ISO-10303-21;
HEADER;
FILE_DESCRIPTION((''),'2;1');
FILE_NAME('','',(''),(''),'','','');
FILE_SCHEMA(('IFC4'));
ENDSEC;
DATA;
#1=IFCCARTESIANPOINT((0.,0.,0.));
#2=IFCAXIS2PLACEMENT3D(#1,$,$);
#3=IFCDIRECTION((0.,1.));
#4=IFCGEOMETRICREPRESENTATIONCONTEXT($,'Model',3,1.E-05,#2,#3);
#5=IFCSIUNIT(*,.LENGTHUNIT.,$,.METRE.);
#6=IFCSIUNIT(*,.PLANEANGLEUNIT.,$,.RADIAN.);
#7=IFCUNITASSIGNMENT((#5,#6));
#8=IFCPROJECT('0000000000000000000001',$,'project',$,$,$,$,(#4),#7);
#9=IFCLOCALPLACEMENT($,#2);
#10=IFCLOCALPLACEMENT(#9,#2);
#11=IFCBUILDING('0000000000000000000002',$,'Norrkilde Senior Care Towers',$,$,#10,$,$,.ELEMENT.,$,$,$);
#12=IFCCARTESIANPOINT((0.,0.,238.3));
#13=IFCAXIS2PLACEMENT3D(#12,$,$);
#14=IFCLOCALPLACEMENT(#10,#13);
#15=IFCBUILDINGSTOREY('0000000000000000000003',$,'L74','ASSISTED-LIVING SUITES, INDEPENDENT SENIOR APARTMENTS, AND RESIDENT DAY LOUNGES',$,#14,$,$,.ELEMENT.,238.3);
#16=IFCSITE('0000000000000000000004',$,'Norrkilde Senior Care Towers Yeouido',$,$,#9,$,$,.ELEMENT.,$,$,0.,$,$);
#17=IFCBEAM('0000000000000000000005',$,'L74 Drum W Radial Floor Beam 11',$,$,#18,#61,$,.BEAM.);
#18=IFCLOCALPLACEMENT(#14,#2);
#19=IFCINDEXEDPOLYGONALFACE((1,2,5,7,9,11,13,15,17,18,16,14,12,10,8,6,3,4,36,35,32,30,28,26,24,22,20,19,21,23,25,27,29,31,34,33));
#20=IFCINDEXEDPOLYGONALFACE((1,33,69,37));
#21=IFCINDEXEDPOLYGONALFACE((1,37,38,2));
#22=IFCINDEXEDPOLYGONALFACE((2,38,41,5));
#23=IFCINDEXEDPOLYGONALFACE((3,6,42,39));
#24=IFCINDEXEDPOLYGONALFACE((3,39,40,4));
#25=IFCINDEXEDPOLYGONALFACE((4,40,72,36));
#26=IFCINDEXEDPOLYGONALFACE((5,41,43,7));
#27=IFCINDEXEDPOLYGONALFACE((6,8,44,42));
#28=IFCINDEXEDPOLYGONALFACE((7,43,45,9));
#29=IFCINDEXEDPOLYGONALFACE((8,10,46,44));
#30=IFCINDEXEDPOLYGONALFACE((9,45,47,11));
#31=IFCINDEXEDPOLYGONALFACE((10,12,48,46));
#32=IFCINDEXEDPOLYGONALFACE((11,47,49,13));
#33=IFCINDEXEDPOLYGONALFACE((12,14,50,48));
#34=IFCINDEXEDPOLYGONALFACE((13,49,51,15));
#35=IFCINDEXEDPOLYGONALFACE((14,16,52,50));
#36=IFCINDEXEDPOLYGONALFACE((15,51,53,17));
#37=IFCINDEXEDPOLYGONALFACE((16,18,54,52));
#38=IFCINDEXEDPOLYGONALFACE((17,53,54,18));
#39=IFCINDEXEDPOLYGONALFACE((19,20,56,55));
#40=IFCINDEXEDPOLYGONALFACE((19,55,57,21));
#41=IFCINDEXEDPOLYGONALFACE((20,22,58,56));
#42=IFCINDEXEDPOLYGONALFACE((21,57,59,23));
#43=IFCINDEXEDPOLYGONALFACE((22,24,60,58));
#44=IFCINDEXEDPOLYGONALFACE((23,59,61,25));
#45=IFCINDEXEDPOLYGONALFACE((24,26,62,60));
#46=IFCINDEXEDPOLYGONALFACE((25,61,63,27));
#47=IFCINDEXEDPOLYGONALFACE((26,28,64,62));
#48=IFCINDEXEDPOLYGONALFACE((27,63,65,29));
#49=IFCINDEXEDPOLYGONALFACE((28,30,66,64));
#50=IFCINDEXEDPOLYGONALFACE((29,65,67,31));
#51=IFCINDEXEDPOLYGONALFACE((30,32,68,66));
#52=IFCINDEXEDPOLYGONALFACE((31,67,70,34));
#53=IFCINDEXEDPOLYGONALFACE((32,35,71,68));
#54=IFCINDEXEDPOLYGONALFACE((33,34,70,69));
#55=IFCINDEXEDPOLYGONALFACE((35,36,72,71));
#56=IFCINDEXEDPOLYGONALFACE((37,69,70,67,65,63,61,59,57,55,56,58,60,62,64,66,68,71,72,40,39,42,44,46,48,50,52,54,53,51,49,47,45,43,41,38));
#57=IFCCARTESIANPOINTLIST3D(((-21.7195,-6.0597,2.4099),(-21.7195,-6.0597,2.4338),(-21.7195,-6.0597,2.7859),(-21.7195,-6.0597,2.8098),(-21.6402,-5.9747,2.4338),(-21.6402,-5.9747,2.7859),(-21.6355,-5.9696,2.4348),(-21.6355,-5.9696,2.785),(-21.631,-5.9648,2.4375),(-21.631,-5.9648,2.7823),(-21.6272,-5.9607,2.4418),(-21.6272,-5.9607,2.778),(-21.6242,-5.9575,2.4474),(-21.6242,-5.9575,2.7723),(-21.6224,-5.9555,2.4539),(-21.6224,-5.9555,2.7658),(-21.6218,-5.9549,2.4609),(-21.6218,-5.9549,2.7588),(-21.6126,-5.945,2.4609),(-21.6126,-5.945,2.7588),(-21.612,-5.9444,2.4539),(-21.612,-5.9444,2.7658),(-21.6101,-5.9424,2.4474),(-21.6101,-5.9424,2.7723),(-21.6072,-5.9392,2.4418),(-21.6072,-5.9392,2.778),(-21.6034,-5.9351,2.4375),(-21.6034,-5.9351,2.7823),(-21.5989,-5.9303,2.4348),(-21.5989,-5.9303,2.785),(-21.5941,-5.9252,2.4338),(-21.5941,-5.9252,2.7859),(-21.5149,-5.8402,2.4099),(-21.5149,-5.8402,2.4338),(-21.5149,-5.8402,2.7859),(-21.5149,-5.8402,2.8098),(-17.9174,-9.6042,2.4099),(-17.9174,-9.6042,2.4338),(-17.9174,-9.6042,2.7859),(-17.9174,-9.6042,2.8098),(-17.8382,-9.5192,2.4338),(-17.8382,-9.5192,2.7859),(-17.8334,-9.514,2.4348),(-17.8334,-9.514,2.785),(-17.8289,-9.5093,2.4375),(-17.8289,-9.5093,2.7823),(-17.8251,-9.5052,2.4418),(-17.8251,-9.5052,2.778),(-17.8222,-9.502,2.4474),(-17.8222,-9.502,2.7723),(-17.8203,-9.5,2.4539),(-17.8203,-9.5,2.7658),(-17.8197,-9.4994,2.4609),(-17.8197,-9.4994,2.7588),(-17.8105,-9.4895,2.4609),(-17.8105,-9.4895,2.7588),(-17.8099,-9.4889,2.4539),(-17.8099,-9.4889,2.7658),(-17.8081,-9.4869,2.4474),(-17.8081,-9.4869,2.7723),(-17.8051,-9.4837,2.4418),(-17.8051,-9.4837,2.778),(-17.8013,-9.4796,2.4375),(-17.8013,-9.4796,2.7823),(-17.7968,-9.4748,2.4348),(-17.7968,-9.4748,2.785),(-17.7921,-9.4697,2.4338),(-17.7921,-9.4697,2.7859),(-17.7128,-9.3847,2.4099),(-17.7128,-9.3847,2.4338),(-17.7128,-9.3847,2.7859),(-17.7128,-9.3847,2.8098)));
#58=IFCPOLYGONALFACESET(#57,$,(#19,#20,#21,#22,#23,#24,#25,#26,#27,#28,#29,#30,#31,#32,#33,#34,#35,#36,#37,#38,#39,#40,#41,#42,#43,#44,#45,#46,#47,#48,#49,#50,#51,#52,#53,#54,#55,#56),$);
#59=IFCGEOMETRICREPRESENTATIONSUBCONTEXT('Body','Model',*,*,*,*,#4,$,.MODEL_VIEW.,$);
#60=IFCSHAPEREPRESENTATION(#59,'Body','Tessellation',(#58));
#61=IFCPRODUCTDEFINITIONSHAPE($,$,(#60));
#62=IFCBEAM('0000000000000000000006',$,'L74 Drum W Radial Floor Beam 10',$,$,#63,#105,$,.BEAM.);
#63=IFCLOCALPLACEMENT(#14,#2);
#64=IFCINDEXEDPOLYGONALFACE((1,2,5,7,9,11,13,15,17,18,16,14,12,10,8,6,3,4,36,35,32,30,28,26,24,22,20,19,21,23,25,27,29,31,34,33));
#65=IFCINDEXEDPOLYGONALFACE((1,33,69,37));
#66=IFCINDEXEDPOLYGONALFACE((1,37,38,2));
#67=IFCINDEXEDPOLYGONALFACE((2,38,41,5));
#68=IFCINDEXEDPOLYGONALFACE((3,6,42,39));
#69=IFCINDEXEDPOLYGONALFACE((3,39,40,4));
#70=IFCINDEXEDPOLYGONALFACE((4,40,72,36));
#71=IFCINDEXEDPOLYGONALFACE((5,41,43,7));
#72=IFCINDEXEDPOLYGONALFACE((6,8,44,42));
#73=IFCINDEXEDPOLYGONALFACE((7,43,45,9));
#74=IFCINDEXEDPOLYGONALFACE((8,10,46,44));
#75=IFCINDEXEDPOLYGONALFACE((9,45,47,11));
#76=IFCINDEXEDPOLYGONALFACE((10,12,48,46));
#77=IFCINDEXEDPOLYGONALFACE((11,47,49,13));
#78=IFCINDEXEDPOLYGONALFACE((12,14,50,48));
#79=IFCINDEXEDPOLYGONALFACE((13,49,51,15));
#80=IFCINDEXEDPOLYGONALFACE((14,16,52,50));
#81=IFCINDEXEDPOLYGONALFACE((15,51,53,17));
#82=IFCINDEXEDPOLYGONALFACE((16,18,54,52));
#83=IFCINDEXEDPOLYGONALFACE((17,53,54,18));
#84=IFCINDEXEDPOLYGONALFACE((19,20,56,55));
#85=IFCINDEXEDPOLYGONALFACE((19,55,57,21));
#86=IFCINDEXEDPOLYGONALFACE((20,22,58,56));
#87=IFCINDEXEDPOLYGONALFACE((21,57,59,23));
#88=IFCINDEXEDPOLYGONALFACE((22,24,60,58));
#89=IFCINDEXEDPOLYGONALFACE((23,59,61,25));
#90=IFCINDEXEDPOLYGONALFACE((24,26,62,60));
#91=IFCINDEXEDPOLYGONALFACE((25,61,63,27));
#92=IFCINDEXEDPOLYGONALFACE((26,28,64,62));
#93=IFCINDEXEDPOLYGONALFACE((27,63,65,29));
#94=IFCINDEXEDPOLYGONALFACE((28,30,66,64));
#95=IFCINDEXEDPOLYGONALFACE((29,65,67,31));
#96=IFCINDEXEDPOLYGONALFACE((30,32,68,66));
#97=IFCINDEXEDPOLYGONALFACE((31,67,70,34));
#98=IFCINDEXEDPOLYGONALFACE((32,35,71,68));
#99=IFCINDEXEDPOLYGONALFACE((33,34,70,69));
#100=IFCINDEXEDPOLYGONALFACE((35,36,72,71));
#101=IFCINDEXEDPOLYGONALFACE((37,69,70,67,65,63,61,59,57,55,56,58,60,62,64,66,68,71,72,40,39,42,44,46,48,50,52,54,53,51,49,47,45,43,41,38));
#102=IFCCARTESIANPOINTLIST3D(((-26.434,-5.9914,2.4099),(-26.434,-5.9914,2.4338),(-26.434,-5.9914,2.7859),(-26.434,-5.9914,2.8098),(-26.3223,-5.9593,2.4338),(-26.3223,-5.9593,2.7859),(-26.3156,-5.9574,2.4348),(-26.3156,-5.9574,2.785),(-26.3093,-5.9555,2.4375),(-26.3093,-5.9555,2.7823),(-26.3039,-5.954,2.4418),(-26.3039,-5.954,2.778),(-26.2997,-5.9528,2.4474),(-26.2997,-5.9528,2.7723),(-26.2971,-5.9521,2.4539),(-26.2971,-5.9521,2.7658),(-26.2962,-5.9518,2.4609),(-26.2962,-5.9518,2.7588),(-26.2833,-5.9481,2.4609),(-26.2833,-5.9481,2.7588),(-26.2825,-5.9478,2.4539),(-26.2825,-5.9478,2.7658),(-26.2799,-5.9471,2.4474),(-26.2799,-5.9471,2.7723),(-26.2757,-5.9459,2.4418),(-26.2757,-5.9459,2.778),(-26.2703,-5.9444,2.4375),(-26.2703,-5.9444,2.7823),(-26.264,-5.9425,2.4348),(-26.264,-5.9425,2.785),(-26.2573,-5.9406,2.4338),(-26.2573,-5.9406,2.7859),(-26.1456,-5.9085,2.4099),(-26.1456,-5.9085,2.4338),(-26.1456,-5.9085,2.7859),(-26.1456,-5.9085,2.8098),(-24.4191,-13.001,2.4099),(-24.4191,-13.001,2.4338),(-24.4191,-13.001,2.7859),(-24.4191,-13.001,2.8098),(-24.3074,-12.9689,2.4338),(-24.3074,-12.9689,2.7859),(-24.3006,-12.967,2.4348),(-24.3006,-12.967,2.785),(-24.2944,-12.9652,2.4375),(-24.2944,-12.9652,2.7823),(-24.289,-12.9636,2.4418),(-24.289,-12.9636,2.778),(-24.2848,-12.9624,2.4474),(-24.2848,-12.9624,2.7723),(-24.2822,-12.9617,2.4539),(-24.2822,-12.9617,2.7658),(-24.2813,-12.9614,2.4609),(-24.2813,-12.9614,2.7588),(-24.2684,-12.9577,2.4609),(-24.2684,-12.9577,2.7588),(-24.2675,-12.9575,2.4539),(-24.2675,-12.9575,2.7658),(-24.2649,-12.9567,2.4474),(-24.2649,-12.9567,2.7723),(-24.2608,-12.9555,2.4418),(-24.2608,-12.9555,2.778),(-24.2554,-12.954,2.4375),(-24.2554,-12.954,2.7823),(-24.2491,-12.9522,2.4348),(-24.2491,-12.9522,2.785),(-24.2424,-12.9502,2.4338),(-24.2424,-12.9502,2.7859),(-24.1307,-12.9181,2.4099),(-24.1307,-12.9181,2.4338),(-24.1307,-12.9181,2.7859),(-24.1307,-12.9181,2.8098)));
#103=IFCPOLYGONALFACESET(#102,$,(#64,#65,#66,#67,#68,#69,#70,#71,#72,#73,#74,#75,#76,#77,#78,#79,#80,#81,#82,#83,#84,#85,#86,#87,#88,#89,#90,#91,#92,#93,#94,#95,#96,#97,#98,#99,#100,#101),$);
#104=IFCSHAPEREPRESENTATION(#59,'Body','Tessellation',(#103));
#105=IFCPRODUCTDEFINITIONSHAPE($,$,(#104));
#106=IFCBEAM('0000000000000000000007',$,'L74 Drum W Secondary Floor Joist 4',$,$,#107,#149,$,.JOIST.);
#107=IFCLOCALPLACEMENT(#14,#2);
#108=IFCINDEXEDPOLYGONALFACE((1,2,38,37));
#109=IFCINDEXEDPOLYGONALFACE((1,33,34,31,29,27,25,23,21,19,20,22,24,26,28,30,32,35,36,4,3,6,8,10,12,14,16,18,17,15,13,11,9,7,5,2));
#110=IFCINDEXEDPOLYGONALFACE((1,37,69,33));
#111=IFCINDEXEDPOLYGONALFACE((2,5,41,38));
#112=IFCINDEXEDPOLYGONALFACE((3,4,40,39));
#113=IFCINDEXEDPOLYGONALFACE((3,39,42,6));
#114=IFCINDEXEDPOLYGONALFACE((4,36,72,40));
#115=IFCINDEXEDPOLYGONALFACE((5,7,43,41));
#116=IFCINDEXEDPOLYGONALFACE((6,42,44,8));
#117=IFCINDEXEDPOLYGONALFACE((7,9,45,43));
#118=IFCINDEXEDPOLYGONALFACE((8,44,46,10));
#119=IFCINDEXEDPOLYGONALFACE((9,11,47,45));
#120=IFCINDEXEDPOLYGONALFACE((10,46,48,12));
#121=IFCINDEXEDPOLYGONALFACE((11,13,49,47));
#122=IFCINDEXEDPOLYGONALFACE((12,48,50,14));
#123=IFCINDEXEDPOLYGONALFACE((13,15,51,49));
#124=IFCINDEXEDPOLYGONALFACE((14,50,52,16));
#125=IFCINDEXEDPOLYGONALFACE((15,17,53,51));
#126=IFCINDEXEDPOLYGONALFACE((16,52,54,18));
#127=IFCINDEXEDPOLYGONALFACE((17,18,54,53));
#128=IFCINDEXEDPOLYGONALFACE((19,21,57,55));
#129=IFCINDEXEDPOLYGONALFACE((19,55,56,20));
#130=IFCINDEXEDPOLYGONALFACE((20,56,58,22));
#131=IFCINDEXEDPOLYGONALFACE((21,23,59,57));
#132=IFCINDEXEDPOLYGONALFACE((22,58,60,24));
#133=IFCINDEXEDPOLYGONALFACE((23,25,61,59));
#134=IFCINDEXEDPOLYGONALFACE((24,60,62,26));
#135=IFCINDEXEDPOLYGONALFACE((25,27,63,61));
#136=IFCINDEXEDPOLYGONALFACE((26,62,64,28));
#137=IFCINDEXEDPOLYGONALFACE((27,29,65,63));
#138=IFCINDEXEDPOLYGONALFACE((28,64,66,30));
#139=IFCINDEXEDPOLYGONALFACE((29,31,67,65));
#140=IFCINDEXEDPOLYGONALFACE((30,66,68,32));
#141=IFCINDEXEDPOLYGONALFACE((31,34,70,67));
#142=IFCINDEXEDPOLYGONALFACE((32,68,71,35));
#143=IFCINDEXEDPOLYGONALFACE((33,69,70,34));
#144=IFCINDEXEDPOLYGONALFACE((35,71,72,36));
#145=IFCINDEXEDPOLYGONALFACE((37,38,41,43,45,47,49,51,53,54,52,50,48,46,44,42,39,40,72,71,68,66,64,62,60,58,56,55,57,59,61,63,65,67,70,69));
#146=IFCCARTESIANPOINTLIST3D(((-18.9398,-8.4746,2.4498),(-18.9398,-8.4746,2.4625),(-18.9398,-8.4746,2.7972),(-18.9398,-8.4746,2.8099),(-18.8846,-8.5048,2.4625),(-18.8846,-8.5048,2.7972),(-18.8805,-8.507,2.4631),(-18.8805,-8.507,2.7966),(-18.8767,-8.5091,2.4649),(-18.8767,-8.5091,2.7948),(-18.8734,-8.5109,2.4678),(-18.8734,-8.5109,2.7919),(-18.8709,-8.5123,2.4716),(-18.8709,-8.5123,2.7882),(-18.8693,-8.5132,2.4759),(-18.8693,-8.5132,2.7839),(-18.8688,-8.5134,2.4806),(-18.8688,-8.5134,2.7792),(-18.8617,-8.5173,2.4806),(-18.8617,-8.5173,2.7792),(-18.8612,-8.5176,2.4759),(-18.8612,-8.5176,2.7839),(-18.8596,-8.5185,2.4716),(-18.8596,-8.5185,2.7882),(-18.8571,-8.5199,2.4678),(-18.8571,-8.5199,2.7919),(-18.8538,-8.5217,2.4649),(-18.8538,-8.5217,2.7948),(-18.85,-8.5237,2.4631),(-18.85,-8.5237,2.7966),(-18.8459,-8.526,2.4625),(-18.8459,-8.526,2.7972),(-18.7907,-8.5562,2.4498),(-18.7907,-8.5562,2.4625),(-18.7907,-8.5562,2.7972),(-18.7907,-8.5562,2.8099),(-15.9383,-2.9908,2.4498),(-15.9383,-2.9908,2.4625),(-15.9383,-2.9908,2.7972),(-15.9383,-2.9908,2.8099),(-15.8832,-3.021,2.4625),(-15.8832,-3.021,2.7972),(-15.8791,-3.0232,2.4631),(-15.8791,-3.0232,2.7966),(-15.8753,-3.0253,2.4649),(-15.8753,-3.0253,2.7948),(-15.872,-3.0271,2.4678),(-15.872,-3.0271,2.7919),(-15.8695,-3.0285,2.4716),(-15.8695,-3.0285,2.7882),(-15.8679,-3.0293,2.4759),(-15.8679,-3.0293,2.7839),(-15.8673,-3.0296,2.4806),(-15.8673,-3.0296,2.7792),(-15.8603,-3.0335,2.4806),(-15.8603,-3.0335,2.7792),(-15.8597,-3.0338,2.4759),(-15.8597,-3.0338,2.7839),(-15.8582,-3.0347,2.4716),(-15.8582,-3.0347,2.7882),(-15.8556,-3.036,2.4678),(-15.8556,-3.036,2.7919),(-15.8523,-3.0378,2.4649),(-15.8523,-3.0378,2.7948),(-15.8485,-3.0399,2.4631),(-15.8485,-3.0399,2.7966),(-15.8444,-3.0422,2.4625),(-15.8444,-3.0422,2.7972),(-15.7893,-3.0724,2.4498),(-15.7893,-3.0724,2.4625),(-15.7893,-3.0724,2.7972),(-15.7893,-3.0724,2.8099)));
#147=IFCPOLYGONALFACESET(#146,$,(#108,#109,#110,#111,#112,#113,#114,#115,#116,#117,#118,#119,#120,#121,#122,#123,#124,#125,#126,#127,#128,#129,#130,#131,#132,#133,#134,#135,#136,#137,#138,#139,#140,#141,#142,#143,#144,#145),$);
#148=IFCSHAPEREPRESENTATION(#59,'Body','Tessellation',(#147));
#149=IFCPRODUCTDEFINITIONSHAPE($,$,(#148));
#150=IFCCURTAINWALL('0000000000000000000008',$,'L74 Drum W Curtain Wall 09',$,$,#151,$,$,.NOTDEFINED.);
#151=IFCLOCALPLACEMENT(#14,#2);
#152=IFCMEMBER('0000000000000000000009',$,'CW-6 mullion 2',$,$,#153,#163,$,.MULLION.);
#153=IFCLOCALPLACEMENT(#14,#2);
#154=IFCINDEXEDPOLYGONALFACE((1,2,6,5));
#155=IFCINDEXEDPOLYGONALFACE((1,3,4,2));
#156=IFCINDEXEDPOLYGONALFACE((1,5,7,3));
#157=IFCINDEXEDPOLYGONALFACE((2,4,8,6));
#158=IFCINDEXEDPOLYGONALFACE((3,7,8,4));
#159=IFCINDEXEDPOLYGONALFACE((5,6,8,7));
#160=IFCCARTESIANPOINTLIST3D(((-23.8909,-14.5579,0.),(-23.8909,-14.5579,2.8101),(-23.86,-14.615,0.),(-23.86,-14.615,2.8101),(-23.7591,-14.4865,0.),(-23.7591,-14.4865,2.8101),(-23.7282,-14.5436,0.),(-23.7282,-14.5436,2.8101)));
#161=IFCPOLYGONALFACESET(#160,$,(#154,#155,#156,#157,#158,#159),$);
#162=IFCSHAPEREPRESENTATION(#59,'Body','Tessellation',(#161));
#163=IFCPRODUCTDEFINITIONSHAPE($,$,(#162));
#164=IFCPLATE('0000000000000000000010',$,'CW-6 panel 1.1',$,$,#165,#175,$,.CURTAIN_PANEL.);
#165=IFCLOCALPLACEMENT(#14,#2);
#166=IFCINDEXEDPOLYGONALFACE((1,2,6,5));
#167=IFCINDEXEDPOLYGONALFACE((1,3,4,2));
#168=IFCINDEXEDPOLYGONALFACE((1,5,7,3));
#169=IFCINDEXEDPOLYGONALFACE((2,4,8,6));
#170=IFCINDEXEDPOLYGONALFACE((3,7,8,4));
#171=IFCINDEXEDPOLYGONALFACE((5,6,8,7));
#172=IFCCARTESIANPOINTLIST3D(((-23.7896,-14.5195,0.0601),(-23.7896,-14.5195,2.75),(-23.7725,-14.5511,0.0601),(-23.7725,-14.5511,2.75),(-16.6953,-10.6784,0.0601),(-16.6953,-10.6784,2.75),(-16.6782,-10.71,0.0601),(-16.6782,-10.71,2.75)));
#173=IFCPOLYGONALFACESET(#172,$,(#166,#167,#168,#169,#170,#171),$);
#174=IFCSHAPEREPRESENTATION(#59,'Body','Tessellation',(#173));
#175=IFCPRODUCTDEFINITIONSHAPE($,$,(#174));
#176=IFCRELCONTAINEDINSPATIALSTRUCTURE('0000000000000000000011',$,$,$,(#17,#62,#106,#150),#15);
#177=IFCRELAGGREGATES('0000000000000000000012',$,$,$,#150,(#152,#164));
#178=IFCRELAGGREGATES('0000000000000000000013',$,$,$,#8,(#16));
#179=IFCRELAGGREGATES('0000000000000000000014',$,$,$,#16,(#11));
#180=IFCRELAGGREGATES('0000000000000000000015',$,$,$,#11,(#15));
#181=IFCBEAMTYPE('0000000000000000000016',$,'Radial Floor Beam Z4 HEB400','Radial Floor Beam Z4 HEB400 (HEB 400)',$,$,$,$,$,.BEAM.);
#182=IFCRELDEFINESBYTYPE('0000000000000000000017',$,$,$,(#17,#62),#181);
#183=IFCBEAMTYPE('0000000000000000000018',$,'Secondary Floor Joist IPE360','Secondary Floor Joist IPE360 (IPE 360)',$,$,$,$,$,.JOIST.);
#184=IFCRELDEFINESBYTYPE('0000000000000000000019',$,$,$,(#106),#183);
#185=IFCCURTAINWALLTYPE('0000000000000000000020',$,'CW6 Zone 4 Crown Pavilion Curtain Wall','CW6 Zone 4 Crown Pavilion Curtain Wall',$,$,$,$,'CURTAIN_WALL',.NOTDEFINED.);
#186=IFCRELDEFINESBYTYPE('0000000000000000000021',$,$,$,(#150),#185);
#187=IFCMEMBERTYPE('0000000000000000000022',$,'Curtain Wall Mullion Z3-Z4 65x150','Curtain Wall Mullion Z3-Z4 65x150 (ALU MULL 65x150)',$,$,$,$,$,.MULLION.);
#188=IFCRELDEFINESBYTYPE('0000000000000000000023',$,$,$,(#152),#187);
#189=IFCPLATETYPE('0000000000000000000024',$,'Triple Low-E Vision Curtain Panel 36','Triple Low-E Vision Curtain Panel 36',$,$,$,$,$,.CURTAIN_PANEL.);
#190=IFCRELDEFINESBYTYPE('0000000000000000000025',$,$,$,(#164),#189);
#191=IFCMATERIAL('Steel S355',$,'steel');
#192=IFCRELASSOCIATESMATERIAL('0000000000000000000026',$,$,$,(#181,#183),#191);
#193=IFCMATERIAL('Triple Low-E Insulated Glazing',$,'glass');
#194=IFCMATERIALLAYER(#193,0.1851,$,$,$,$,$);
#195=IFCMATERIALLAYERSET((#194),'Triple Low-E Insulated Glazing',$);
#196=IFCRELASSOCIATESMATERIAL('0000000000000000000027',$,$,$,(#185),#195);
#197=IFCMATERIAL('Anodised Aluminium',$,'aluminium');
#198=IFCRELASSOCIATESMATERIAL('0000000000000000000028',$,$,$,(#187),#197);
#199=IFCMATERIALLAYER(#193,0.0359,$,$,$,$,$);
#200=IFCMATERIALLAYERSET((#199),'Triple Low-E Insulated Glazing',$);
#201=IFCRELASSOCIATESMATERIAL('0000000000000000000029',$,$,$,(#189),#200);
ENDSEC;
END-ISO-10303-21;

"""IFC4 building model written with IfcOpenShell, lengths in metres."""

from ifc_helpers import new_model, si_unit, direction, frame, origin, origin_2d, place, context, subcontext, project, spatial, rectangle, i_section, extrude, source, transform, mapped, material, layer, layer_set, material_profile, profile_set, type_object, type_shapes, element, aggregate, save


model = new_model("IFC4")

# Units and contexts
model_context = context("Model", 3, precision=1e-05, world=origin(), true_north=direction((0.0, 1.0)))
body_context = subcontext(model_context, "Body", "Model", "MODEL_VIEW")
ifc_project = project(units=[si_unit("LENGTHUNIT", "METRE"), si_unit("PLANEANGLEUNIT", "RADIAN")], contexts=[model_context])

# Site, building, storey
site_placement = place(None, origin())
site = spatial("IfcSite", under=ifc_project, at=site_placement, Name="Norrkilde Senior Care Towers Yeouido", CompositionType="ELEMENT", RefElevation=0.0)
building_placement = place(site_placement, origin())
building = spatial("IfcBuilding", under=site, at=building_placement, Name="Norrkilde Senior Care Towers", CompositionType="ELEMENT")
storey_placement = place(building_placement, frame((0.0, 0.0, 238.3)))
storey = spatial("IfcBuildingStorey", under=building, at=storey_placement, Name="L74", Description="ASSISTED-LIVING SUITES, INDEPENDENT SENIOR APARTMENTS, AND RESIDENT DAY LOUNGES", CompositionType="ELEMENT", Elevation=238.3)

# Beams
ifc_material_1 = material(Name="Steel S355", Category="steel")
ifc_material_profile_1 = material_profile(ifc_material_1, i_section(OverallWidth=0.3, OverallDepth=0.3999, WebThickness=0.0134, FlangeThickness=0.0239, FilletRadius=0.0271, at=origin_2d()), Name="HEB 400")
ifc_profile_set_1 = profile_set([ifc_material_profile_1], Name="Steel S355")
beam_type_1 = type_object("IfcBeamType", Name="Radial Floor Beam Z4 HEB400", Description="Radial Floor Beam Z4 HEB400 (HEB 400)", PredefinedType="BEAM", material=ifc_profile_set_1)
shared_shape_1 = source(origin(), body_context, "Body", "SweptSolid", [
    extrude(i_section(OverallWidth=0.3, OverallDepth=0.3999, WebThickness=0.0134, FlangeThickness=0.0239, FilletRadius=0.0271, at=origin_2d()), origin(), (0.0, 0.0, 1.0), 5.198),
])
beam_1_placement = place(storey_placement, frame((-21.6172, -5.95, 2.6099), z_axis=(0.731449, -0.681896, 0.0), x_axis=(0.681896, 0.731449, 0.0)))
element("IfcBeam", 1, at=beam_1_placement, inside=storey, type_object=beam_type_1, Name="L74 Drum W Radial Floor Beam 11", PredefinedType="BEAM", context=body_context, shape_type="MappedRepresentation", body=[
    mapped(shared_shape_1, transform((0.0, 0.0, 0.0), x_axis=(1.0, 0.0, 0.0), y_axis=(0.0, 1.0, 0.0), z_axis=(0.0, 0.0, 1.0), scale=1.0)),
])
shared_shape_2 = source(origin(), body_context, "Body", "SweptSolid", [
    extrude(i_section(OverallWidth=0.3, OverallDepth=0.3999, WebThickness=0.0134, FlangeThickness=0.0239, FilletRadius=0.0271, at=origin_2d()), origin(), (0.0, 0.0, 1.0), 7.2935),
])
beam_2_placement = place(storey_placement, frame((-26.2898, -5.95, 2.6099), z_axis=(0.276264, -0.961082, 0.0), x_axis=(0.961082, 0.276264, 0.0)))
element("IfcBeam", 2, at=beam_2_placement, inside=storey, type_object=beam_type_1, Name="L74 Drum W Radial Floor Beam 10", PredefinedType="BEAM", context=body_context, shape_type="MappedRepresentation", body=[
    mapped(shared_shape_2, transform((0.0, 0.0, 0.0), x_axis=(1.0, 0.0, 0.0), y_axis=(0.0, 1.0, 0.0), z_axis=(0.0, 0.0, 1.0), scale=1.0)),
])
ifc_material_profile_2 = material_profile(ifc_material_1, i_section(OverallWidth=0.1699, OverallDepth=0.3601, WebThickness=0.0081, FlangeThickness=0.0127, FilletRadius=0.0181, at=origin_2d()), Name="IPE 360")
ifc_profile_set_2 = profile_set([ifc_material_profile_2], Name="Steel S355")
beam_type_2 = type_object("IfcBeamType", Name="Secondary Floor Joist IPE360", Description="Secondary Floor Joist IPE360 (IPE 360)", PredefinedType="JOIST", material=ifc_profile_set_2)
shared_shape_3 = source(origin(), body_context, "Body", "SweptSolid", [
    extrude(i_section(OverallWidth=0.1699, OverallDepth=0.3601, WebThickness=0.0081, FlangeThickness=0.0127, FilletRadius=0.0181, at=origin_2d()), origin(), (0.0, 0.0, 1.0), 6.2515),
])
type_shapes(beam_type_2, [shared_shape_3])
beam_3_placement = place(storey_placement, frame((-18.8652, -8.5154, 2.6299), z_axis=(0.480116, 0.877205, 0.0), x_axis=(-0.877205, 0.480116, 0.0)))
element("IfcBeam", 3, at=beam_3_placement, inside=storey, type_object=beam_type_2, Name="L74 Drum W Secondary Floor Joist 4", PredefinedType="JOIST", context=body_context, shape_type="MappedRepresentation", body=[
    mapped(shared_shape_3, transform((0.0, 0.0, 0.0), x_axis=(1.0, 0.0, 0.0), y_axis=(0.0, 1.0, 0.0), z_axis=(0.0, 0.0, 1.0), scale=1.0)),
])

# Curtain wall, member, plate
ifc_material_2 = material(Name="Triple Low-E Insulated Glazing", Category="glass")
ifc_layer_1 = layer(ifc_material_2, 0.1851)
ifc_layer_set_1 = layer_set([ifc_layer_1], Name="Triple Low-E Insulated Glazing")
curtain_wall_type = type_object("IfcCurtainWallType", Name="CW6 Zone 4 Crown Pavilion Curtain Wall", Description="CW6 Zone 4 Crown Pavilion Curtain Wall", ElementType="CURTAIN_WALL", PredefinedType="NOTDEFINED", material=ifc_layer_set_1)
curtain_wall_placement = place(storey_placement, origin())
curtain_wall = element("IfcCurtainWall", 4, at=curtain_wall_placement, inside=storey, type_object=curtain_wall_type, Name="L74 Drum W Curtain Wall 09", PredefinedType="NOTDEFINED")
ifc_material_3 = material(Name="Anodised Aluminium", Category="aluminium")
ifc_material_profile_3 = material_profile(ifc_material_3, rectangle(XDim=0.0649, YDim=0.1499, at=origin_2d()), Name="ALU MULL 65x150")
ifc_profile_set_3 = profile_set([ifc_material_profile_3], Name="Anodised Aluminium")
member_type = type_object("IfcMemberType", Name="Curtain Wall Mullion Z3-Z4 65x150", Description="Curtain Wall Mullion Z3-Z4 65x150 (ALU MULL 65x150)", PredefinedType="MULLION", material=ifc_profile_set_3)
shared_shape_4 = source(origin(), body_context, "Body", "SweptSolid", [
    extrude(rectangle(XDim=0.0649, YDim=0.1499, at=origin_2d()), origin(), (0.0, 0.0, 1.0), 2.8101),
])
type_shapes(member_type, [shared_shape_4])
member_placement = place(storey_placement, frame((-23.8096, -14.5508, 0.0), z_axis=(0.0, 0.0, 1.0), x_axis=(0.476133, -0.879373, 0.0)))
member = element("IfcMember", 5, at=member_placement, type_object=member_type, Name="CW-6 mullion 2", PredefinedType="MULLION", context=body_context, shape_type="MappedRepresentation", body=[
    mapped(shared_shape_4, transform((0.0, 0.0, 0.0), x_axis=(1.0, 0.0, 0.0), y_axis=(0.0, 1.0, 0.0), z_axis=(0.0, 0.0, 1.0), scale=1.0)),
])
ifc_layer_2 = layer(ifc_material_2, 0.0359)
ifc_layer_set_2 = layer_set([ifc_layer_2], Name="Triple Low-E Insulated Glazing")
plate_type = type_object("IfcPlateType", Name="Triple Low-E Vision Curtain Panel 36", Description="Triple Low-E Vision Curtain Panel 36", PredefinedType="CURTAIN_PANEL", material=ifc_layer_set_2)
shared_shape_5 = source(origin(), body_context, "Body", "SweptSolid", [
    extrude(rectangle(XDim=8.0674, YDim=0.0359, at=origin_2d()), origin(), (0.0, 0.0, 1.0), 2.6899),
])
type_shapes(plate_type, [shared_shape_5])
plate_placement = place(storey_placement, frame((-20.2339, -12.6147, 0.0601), z_axis=(0.0, 0.0, 1.0), x_axis=(-0.879373, -0.476133, 0.0)))
plate = element("IfcPlate", 6, at=plate_placement, type_object=plate_type, Name="CW-6 panel 1.1", PredefinedType="CURTAIN_PANEL", context=body_context, shape_type="MappedRepresentation", body=[
    mapped(shared_shape_5, transform((0.0, 0.0, 0.0), x_axis=(1.0, 0.0, 0.0), y_axis=(0.0, 1.0, 0.0), z_axis=(0.0, 0.0, 1.0), scale=1.0)),
])
aggregate(curtain_wall, [member, plate])

save(model, "model.ifc")
